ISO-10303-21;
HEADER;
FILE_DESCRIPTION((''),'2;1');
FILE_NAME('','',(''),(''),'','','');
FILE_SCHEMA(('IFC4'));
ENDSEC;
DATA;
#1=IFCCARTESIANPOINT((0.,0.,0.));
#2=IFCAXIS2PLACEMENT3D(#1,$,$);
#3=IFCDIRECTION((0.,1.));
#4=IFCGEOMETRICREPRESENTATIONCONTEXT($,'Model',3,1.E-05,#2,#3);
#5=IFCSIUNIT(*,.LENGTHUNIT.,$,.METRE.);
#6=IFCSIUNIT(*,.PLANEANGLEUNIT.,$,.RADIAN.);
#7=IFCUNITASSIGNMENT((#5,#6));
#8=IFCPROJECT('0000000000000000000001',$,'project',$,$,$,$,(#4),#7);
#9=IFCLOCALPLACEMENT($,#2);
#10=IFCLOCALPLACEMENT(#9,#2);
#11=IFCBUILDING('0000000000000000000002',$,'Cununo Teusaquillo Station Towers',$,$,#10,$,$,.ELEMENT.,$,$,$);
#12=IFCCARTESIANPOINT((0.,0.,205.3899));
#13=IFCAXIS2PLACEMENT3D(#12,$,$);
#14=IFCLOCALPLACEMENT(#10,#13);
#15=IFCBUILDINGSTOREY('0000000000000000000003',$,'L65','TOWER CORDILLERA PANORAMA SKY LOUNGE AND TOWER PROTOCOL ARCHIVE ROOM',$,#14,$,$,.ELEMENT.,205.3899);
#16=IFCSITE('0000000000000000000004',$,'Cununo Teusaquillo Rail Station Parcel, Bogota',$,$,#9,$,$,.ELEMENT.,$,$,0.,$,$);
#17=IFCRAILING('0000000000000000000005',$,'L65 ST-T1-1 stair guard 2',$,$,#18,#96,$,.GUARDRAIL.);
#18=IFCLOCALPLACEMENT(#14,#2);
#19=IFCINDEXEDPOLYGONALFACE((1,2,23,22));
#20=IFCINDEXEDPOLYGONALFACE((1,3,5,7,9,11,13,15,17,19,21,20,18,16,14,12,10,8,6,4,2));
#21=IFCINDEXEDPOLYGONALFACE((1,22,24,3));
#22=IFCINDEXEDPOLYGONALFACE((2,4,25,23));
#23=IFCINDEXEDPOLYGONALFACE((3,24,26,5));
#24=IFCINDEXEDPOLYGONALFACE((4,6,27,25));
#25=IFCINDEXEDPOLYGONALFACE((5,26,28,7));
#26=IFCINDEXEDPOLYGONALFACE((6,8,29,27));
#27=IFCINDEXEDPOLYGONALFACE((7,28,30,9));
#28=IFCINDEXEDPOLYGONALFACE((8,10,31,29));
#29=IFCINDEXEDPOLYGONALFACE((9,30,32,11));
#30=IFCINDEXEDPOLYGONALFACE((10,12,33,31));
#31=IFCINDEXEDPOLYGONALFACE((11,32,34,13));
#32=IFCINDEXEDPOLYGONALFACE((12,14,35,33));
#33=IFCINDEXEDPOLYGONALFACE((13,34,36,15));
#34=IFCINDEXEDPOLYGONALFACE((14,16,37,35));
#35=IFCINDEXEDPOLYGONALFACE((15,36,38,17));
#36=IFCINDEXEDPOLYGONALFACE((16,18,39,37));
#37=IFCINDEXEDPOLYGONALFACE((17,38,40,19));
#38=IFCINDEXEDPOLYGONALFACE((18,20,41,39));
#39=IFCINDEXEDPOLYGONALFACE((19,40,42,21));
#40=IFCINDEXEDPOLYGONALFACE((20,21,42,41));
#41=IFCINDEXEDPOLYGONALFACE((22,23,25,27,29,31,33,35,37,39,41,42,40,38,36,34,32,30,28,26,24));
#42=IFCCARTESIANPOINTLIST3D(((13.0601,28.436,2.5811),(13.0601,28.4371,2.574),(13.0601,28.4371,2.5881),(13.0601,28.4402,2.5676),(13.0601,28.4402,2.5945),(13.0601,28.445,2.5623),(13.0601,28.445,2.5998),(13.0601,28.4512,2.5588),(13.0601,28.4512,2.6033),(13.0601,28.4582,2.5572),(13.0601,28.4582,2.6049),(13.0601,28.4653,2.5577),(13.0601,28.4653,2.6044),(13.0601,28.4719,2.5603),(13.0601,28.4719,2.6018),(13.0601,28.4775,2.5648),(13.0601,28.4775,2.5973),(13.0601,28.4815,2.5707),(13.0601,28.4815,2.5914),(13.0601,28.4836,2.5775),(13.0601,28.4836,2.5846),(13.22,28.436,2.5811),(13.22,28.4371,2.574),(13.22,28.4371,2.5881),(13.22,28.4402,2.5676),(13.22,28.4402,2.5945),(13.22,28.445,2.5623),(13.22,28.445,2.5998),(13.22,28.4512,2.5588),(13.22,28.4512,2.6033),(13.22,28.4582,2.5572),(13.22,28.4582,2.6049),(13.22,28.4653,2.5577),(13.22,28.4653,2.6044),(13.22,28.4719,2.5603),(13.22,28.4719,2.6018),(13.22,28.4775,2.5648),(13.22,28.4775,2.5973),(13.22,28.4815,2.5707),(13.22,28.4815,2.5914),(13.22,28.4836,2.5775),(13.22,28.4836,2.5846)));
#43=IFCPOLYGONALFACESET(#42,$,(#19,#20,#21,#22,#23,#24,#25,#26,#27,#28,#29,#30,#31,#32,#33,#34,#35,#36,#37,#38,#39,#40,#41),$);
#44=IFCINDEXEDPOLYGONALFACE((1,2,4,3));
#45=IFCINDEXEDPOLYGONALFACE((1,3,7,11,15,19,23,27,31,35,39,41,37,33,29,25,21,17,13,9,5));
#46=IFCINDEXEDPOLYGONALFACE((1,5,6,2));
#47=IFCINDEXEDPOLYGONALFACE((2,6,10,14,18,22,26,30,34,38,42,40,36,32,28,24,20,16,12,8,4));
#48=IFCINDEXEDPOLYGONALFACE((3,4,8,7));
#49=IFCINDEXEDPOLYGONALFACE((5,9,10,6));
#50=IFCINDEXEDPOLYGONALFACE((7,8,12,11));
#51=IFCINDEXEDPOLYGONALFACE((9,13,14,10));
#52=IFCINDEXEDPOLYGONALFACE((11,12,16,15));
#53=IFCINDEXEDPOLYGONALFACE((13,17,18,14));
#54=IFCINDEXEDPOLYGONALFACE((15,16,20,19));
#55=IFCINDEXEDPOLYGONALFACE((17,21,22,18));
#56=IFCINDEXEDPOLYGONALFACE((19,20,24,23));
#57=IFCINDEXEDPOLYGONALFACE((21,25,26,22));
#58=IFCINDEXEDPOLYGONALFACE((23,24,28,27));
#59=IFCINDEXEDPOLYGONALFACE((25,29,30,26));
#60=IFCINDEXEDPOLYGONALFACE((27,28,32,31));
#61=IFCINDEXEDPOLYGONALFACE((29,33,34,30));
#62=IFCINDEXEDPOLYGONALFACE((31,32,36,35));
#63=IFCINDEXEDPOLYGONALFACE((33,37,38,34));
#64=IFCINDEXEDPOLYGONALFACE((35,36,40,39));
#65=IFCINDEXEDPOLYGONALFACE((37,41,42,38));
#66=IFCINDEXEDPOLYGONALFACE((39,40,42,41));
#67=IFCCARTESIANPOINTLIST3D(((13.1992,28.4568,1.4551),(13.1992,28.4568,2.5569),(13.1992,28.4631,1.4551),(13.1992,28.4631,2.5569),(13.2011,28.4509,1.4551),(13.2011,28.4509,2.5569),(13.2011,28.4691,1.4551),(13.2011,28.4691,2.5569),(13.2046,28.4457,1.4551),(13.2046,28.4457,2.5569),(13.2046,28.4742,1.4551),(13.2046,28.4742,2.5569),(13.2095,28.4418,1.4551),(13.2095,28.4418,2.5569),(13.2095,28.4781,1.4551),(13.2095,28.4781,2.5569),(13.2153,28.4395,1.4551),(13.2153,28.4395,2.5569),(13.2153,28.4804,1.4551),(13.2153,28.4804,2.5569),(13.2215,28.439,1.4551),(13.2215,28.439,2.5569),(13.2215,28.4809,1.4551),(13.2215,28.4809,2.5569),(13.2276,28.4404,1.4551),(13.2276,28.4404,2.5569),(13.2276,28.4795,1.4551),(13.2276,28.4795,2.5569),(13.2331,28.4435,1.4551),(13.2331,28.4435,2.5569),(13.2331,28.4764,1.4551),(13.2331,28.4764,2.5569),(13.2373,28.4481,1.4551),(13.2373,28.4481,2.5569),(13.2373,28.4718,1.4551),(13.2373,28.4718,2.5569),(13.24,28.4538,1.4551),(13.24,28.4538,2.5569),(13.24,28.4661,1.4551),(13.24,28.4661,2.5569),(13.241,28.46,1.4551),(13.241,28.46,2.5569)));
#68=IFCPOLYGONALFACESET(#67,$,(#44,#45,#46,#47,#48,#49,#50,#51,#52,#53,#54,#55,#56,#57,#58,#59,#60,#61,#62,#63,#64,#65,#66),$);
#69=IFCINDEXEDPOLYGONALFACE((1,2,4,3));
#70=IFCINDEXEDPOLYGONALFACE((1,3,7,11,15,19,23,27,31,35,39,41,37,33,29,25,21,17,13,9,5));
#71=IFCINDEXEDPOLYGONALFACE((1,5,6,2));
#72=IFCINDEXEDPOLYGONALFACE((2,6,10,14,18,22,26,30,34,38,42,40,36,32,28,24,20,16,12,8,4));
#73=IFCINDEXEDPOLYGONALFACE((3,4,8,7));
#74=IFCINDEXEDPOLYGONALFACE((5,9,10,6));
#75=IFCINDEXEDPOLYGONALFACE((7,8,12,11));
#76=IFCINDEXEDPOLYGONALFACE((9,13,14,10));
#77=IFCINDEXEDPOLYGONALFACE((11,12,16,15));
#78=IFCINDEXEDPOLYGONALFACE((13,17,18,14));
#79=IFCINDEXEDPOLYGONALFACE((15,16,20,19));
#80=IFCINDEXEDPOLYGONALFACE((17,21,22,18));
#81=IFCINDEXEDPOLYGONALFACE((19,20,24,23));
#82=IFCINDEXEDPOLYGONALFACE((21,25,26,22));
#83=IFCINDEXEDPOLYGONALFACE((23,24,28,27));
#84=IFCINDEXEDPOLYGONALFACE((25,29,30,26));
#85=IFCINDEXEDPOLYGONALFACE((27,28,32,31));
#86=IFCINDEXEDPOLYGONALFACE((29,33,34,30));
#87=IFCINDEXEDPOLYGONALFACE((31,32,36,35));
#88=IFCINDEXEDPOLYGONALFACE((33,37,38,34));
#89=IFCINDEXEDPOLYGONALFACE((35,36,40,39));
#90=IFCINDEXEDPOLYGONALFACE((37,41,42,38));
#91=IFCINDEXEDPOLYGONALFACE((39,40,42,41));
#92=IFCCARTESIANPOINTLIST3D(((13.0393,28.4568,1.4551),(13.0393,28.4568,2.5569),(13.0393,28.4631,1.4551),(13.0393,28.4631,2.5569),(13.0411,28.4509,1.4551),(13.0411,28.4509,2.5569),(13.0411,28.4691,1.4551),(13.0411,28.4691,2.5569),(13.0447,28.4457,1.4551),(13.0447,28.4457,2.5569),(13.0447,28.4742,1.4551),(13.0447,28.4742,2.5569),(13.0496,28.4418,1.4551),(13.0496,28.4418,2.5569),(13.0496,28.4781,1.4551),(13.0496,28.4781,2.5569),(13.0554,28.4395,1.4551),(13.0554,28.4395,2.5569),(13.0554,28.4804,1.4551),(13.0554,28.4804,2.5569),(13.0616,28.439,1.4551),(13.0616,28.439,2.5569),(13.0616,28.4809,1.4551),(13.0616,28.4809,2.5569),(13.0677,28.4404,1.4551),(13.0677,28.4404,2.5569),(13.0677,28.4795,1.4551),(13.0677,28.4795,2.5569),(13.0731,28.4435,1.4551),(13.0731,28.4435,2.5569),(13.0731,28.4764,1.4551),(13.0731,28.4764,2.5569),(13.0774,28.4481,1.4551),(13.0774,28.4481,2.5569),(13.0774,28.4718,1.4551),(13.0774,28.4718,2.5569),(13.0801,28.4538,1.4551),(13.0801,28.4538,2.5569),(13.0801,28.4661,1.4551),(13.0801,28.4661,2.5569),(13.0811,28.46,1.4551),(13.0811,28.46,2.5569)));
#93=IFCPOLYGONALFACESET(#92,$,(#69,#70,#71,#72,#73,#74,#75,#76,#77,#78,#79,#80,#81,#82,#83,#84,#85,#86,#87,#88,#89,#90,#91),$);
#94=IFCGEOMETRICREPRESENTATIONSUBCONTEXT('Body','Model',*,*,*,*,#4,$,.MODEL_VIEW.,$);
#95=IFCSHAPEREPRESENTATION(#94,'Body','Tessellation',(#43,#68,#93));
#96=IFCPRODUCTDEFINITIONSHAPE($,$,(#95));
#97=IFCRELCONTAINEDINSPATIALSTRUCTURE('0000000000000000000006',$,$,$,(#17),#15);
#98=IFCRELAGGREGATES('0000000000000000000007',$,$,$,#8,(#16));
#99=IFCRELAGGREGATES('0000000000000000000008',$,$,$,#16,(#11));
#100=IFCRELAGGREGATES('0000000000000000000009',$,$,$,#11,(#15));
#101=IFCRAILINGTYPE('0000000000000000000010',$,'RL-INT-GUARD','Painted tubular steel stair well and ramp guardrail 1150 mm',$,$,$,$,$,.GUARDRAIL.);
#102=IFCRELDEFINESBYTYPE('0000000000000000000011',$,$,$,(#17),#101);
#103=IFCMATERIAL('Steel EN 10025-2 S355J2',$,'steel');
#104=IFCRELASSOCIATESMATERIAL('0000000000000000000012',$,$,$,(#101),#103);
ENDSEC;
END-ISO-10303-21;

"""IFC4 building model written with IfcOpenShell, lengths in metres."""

from ifc_helpers import new_model, si_unit, direction, frame, origin, origin_2d, place, context, subcontext, project, spatial, circle, extrude, material, type_object, element, save


model = new_model("IFC4")

# Units and contexts
model_context = context("Model", 3, precision=1e-05, world=origin(), true_north=direction((0.0, 1.0)))
body_context = subcontext(model_context, "Body", "Model", "MODEL_VIEW")
ifc_project = project(units=[si_unit("LENGTHUNIT", "METRE"), si_unit("PLANEANGLEUNIT", "RADIAN")], contexts=[model_context])

# Site, building, storey
site_placement = place(None, origin())
site = spatial("IfcSite", under=ifc_project, at=site_placement, Name="Cununo Teusaquillo Rail Station Parcel, Bogota", CompositionType="ELEMENT", RefElevation=0.0)
building_placement = place(site_placement, origin())
building = spatial("IfcBuilding", under=site, at=building_placement, Name="Cununo Teusaquillo Station Towers", CompositionType="ELEMENT")
storey_placement = place(building_placement, frame((0.0, 0.0, 205.3899)))
storey = spatial("IfcBuildingStorey", under=building, at=storey_placement, Name="L65", Description="TOWER CORDILLERA PANORAMA SKY LOUNGE AND TOWER PROTOCOL ARCHIVE ROOM", CompositionType="ELEMENT", Elevation=205.3899)

# Railing
ifc_material_1 = material(Name="Steel EN 10025-2 S355J2", Category="steel")
railing_type_1 = type_object("IfcRailingType", Name="RL-INT-GUARD", Description="Painted tubular steel stair well and ramp guardrail 1150 mm", PredefinedType="GUARDRAIL", material=ifc_material_1)
railing_1_placement = place(storey_placement, frame((13.22, 28.46, 1.4551)))
element("IfcRailing", 1, at=railing_1_placement, inside=storey, type_object=railing_type_1, Name="L65 ST-T1-1 stair guard 2", PredefinedType="GUARDRAIL", context=body_context, shape_type="SweptSolid", body=[
    extrude(circle(Radius=0.0239, at=origin_2d()), frame((0.0, 0.0, 1.126), z_axis=(-1.0, 0.0, 0.0), x_axis=(0.0, -1.0, 0.0)), (0.0, 0.0, 1.0), 0.1599),
    extrude(circle(Radius=0.021, at=origin_2d()), origin(), (0.0, 0.0, 1.0), 1.1018),
    extrude(circle(Radius=0.021, at=origin_2d()), frame((-0.1599, 0.0, 0.0)), (0.0, 0.0, 1.0), 1.1018),
])

save(model, "model.ifc")
